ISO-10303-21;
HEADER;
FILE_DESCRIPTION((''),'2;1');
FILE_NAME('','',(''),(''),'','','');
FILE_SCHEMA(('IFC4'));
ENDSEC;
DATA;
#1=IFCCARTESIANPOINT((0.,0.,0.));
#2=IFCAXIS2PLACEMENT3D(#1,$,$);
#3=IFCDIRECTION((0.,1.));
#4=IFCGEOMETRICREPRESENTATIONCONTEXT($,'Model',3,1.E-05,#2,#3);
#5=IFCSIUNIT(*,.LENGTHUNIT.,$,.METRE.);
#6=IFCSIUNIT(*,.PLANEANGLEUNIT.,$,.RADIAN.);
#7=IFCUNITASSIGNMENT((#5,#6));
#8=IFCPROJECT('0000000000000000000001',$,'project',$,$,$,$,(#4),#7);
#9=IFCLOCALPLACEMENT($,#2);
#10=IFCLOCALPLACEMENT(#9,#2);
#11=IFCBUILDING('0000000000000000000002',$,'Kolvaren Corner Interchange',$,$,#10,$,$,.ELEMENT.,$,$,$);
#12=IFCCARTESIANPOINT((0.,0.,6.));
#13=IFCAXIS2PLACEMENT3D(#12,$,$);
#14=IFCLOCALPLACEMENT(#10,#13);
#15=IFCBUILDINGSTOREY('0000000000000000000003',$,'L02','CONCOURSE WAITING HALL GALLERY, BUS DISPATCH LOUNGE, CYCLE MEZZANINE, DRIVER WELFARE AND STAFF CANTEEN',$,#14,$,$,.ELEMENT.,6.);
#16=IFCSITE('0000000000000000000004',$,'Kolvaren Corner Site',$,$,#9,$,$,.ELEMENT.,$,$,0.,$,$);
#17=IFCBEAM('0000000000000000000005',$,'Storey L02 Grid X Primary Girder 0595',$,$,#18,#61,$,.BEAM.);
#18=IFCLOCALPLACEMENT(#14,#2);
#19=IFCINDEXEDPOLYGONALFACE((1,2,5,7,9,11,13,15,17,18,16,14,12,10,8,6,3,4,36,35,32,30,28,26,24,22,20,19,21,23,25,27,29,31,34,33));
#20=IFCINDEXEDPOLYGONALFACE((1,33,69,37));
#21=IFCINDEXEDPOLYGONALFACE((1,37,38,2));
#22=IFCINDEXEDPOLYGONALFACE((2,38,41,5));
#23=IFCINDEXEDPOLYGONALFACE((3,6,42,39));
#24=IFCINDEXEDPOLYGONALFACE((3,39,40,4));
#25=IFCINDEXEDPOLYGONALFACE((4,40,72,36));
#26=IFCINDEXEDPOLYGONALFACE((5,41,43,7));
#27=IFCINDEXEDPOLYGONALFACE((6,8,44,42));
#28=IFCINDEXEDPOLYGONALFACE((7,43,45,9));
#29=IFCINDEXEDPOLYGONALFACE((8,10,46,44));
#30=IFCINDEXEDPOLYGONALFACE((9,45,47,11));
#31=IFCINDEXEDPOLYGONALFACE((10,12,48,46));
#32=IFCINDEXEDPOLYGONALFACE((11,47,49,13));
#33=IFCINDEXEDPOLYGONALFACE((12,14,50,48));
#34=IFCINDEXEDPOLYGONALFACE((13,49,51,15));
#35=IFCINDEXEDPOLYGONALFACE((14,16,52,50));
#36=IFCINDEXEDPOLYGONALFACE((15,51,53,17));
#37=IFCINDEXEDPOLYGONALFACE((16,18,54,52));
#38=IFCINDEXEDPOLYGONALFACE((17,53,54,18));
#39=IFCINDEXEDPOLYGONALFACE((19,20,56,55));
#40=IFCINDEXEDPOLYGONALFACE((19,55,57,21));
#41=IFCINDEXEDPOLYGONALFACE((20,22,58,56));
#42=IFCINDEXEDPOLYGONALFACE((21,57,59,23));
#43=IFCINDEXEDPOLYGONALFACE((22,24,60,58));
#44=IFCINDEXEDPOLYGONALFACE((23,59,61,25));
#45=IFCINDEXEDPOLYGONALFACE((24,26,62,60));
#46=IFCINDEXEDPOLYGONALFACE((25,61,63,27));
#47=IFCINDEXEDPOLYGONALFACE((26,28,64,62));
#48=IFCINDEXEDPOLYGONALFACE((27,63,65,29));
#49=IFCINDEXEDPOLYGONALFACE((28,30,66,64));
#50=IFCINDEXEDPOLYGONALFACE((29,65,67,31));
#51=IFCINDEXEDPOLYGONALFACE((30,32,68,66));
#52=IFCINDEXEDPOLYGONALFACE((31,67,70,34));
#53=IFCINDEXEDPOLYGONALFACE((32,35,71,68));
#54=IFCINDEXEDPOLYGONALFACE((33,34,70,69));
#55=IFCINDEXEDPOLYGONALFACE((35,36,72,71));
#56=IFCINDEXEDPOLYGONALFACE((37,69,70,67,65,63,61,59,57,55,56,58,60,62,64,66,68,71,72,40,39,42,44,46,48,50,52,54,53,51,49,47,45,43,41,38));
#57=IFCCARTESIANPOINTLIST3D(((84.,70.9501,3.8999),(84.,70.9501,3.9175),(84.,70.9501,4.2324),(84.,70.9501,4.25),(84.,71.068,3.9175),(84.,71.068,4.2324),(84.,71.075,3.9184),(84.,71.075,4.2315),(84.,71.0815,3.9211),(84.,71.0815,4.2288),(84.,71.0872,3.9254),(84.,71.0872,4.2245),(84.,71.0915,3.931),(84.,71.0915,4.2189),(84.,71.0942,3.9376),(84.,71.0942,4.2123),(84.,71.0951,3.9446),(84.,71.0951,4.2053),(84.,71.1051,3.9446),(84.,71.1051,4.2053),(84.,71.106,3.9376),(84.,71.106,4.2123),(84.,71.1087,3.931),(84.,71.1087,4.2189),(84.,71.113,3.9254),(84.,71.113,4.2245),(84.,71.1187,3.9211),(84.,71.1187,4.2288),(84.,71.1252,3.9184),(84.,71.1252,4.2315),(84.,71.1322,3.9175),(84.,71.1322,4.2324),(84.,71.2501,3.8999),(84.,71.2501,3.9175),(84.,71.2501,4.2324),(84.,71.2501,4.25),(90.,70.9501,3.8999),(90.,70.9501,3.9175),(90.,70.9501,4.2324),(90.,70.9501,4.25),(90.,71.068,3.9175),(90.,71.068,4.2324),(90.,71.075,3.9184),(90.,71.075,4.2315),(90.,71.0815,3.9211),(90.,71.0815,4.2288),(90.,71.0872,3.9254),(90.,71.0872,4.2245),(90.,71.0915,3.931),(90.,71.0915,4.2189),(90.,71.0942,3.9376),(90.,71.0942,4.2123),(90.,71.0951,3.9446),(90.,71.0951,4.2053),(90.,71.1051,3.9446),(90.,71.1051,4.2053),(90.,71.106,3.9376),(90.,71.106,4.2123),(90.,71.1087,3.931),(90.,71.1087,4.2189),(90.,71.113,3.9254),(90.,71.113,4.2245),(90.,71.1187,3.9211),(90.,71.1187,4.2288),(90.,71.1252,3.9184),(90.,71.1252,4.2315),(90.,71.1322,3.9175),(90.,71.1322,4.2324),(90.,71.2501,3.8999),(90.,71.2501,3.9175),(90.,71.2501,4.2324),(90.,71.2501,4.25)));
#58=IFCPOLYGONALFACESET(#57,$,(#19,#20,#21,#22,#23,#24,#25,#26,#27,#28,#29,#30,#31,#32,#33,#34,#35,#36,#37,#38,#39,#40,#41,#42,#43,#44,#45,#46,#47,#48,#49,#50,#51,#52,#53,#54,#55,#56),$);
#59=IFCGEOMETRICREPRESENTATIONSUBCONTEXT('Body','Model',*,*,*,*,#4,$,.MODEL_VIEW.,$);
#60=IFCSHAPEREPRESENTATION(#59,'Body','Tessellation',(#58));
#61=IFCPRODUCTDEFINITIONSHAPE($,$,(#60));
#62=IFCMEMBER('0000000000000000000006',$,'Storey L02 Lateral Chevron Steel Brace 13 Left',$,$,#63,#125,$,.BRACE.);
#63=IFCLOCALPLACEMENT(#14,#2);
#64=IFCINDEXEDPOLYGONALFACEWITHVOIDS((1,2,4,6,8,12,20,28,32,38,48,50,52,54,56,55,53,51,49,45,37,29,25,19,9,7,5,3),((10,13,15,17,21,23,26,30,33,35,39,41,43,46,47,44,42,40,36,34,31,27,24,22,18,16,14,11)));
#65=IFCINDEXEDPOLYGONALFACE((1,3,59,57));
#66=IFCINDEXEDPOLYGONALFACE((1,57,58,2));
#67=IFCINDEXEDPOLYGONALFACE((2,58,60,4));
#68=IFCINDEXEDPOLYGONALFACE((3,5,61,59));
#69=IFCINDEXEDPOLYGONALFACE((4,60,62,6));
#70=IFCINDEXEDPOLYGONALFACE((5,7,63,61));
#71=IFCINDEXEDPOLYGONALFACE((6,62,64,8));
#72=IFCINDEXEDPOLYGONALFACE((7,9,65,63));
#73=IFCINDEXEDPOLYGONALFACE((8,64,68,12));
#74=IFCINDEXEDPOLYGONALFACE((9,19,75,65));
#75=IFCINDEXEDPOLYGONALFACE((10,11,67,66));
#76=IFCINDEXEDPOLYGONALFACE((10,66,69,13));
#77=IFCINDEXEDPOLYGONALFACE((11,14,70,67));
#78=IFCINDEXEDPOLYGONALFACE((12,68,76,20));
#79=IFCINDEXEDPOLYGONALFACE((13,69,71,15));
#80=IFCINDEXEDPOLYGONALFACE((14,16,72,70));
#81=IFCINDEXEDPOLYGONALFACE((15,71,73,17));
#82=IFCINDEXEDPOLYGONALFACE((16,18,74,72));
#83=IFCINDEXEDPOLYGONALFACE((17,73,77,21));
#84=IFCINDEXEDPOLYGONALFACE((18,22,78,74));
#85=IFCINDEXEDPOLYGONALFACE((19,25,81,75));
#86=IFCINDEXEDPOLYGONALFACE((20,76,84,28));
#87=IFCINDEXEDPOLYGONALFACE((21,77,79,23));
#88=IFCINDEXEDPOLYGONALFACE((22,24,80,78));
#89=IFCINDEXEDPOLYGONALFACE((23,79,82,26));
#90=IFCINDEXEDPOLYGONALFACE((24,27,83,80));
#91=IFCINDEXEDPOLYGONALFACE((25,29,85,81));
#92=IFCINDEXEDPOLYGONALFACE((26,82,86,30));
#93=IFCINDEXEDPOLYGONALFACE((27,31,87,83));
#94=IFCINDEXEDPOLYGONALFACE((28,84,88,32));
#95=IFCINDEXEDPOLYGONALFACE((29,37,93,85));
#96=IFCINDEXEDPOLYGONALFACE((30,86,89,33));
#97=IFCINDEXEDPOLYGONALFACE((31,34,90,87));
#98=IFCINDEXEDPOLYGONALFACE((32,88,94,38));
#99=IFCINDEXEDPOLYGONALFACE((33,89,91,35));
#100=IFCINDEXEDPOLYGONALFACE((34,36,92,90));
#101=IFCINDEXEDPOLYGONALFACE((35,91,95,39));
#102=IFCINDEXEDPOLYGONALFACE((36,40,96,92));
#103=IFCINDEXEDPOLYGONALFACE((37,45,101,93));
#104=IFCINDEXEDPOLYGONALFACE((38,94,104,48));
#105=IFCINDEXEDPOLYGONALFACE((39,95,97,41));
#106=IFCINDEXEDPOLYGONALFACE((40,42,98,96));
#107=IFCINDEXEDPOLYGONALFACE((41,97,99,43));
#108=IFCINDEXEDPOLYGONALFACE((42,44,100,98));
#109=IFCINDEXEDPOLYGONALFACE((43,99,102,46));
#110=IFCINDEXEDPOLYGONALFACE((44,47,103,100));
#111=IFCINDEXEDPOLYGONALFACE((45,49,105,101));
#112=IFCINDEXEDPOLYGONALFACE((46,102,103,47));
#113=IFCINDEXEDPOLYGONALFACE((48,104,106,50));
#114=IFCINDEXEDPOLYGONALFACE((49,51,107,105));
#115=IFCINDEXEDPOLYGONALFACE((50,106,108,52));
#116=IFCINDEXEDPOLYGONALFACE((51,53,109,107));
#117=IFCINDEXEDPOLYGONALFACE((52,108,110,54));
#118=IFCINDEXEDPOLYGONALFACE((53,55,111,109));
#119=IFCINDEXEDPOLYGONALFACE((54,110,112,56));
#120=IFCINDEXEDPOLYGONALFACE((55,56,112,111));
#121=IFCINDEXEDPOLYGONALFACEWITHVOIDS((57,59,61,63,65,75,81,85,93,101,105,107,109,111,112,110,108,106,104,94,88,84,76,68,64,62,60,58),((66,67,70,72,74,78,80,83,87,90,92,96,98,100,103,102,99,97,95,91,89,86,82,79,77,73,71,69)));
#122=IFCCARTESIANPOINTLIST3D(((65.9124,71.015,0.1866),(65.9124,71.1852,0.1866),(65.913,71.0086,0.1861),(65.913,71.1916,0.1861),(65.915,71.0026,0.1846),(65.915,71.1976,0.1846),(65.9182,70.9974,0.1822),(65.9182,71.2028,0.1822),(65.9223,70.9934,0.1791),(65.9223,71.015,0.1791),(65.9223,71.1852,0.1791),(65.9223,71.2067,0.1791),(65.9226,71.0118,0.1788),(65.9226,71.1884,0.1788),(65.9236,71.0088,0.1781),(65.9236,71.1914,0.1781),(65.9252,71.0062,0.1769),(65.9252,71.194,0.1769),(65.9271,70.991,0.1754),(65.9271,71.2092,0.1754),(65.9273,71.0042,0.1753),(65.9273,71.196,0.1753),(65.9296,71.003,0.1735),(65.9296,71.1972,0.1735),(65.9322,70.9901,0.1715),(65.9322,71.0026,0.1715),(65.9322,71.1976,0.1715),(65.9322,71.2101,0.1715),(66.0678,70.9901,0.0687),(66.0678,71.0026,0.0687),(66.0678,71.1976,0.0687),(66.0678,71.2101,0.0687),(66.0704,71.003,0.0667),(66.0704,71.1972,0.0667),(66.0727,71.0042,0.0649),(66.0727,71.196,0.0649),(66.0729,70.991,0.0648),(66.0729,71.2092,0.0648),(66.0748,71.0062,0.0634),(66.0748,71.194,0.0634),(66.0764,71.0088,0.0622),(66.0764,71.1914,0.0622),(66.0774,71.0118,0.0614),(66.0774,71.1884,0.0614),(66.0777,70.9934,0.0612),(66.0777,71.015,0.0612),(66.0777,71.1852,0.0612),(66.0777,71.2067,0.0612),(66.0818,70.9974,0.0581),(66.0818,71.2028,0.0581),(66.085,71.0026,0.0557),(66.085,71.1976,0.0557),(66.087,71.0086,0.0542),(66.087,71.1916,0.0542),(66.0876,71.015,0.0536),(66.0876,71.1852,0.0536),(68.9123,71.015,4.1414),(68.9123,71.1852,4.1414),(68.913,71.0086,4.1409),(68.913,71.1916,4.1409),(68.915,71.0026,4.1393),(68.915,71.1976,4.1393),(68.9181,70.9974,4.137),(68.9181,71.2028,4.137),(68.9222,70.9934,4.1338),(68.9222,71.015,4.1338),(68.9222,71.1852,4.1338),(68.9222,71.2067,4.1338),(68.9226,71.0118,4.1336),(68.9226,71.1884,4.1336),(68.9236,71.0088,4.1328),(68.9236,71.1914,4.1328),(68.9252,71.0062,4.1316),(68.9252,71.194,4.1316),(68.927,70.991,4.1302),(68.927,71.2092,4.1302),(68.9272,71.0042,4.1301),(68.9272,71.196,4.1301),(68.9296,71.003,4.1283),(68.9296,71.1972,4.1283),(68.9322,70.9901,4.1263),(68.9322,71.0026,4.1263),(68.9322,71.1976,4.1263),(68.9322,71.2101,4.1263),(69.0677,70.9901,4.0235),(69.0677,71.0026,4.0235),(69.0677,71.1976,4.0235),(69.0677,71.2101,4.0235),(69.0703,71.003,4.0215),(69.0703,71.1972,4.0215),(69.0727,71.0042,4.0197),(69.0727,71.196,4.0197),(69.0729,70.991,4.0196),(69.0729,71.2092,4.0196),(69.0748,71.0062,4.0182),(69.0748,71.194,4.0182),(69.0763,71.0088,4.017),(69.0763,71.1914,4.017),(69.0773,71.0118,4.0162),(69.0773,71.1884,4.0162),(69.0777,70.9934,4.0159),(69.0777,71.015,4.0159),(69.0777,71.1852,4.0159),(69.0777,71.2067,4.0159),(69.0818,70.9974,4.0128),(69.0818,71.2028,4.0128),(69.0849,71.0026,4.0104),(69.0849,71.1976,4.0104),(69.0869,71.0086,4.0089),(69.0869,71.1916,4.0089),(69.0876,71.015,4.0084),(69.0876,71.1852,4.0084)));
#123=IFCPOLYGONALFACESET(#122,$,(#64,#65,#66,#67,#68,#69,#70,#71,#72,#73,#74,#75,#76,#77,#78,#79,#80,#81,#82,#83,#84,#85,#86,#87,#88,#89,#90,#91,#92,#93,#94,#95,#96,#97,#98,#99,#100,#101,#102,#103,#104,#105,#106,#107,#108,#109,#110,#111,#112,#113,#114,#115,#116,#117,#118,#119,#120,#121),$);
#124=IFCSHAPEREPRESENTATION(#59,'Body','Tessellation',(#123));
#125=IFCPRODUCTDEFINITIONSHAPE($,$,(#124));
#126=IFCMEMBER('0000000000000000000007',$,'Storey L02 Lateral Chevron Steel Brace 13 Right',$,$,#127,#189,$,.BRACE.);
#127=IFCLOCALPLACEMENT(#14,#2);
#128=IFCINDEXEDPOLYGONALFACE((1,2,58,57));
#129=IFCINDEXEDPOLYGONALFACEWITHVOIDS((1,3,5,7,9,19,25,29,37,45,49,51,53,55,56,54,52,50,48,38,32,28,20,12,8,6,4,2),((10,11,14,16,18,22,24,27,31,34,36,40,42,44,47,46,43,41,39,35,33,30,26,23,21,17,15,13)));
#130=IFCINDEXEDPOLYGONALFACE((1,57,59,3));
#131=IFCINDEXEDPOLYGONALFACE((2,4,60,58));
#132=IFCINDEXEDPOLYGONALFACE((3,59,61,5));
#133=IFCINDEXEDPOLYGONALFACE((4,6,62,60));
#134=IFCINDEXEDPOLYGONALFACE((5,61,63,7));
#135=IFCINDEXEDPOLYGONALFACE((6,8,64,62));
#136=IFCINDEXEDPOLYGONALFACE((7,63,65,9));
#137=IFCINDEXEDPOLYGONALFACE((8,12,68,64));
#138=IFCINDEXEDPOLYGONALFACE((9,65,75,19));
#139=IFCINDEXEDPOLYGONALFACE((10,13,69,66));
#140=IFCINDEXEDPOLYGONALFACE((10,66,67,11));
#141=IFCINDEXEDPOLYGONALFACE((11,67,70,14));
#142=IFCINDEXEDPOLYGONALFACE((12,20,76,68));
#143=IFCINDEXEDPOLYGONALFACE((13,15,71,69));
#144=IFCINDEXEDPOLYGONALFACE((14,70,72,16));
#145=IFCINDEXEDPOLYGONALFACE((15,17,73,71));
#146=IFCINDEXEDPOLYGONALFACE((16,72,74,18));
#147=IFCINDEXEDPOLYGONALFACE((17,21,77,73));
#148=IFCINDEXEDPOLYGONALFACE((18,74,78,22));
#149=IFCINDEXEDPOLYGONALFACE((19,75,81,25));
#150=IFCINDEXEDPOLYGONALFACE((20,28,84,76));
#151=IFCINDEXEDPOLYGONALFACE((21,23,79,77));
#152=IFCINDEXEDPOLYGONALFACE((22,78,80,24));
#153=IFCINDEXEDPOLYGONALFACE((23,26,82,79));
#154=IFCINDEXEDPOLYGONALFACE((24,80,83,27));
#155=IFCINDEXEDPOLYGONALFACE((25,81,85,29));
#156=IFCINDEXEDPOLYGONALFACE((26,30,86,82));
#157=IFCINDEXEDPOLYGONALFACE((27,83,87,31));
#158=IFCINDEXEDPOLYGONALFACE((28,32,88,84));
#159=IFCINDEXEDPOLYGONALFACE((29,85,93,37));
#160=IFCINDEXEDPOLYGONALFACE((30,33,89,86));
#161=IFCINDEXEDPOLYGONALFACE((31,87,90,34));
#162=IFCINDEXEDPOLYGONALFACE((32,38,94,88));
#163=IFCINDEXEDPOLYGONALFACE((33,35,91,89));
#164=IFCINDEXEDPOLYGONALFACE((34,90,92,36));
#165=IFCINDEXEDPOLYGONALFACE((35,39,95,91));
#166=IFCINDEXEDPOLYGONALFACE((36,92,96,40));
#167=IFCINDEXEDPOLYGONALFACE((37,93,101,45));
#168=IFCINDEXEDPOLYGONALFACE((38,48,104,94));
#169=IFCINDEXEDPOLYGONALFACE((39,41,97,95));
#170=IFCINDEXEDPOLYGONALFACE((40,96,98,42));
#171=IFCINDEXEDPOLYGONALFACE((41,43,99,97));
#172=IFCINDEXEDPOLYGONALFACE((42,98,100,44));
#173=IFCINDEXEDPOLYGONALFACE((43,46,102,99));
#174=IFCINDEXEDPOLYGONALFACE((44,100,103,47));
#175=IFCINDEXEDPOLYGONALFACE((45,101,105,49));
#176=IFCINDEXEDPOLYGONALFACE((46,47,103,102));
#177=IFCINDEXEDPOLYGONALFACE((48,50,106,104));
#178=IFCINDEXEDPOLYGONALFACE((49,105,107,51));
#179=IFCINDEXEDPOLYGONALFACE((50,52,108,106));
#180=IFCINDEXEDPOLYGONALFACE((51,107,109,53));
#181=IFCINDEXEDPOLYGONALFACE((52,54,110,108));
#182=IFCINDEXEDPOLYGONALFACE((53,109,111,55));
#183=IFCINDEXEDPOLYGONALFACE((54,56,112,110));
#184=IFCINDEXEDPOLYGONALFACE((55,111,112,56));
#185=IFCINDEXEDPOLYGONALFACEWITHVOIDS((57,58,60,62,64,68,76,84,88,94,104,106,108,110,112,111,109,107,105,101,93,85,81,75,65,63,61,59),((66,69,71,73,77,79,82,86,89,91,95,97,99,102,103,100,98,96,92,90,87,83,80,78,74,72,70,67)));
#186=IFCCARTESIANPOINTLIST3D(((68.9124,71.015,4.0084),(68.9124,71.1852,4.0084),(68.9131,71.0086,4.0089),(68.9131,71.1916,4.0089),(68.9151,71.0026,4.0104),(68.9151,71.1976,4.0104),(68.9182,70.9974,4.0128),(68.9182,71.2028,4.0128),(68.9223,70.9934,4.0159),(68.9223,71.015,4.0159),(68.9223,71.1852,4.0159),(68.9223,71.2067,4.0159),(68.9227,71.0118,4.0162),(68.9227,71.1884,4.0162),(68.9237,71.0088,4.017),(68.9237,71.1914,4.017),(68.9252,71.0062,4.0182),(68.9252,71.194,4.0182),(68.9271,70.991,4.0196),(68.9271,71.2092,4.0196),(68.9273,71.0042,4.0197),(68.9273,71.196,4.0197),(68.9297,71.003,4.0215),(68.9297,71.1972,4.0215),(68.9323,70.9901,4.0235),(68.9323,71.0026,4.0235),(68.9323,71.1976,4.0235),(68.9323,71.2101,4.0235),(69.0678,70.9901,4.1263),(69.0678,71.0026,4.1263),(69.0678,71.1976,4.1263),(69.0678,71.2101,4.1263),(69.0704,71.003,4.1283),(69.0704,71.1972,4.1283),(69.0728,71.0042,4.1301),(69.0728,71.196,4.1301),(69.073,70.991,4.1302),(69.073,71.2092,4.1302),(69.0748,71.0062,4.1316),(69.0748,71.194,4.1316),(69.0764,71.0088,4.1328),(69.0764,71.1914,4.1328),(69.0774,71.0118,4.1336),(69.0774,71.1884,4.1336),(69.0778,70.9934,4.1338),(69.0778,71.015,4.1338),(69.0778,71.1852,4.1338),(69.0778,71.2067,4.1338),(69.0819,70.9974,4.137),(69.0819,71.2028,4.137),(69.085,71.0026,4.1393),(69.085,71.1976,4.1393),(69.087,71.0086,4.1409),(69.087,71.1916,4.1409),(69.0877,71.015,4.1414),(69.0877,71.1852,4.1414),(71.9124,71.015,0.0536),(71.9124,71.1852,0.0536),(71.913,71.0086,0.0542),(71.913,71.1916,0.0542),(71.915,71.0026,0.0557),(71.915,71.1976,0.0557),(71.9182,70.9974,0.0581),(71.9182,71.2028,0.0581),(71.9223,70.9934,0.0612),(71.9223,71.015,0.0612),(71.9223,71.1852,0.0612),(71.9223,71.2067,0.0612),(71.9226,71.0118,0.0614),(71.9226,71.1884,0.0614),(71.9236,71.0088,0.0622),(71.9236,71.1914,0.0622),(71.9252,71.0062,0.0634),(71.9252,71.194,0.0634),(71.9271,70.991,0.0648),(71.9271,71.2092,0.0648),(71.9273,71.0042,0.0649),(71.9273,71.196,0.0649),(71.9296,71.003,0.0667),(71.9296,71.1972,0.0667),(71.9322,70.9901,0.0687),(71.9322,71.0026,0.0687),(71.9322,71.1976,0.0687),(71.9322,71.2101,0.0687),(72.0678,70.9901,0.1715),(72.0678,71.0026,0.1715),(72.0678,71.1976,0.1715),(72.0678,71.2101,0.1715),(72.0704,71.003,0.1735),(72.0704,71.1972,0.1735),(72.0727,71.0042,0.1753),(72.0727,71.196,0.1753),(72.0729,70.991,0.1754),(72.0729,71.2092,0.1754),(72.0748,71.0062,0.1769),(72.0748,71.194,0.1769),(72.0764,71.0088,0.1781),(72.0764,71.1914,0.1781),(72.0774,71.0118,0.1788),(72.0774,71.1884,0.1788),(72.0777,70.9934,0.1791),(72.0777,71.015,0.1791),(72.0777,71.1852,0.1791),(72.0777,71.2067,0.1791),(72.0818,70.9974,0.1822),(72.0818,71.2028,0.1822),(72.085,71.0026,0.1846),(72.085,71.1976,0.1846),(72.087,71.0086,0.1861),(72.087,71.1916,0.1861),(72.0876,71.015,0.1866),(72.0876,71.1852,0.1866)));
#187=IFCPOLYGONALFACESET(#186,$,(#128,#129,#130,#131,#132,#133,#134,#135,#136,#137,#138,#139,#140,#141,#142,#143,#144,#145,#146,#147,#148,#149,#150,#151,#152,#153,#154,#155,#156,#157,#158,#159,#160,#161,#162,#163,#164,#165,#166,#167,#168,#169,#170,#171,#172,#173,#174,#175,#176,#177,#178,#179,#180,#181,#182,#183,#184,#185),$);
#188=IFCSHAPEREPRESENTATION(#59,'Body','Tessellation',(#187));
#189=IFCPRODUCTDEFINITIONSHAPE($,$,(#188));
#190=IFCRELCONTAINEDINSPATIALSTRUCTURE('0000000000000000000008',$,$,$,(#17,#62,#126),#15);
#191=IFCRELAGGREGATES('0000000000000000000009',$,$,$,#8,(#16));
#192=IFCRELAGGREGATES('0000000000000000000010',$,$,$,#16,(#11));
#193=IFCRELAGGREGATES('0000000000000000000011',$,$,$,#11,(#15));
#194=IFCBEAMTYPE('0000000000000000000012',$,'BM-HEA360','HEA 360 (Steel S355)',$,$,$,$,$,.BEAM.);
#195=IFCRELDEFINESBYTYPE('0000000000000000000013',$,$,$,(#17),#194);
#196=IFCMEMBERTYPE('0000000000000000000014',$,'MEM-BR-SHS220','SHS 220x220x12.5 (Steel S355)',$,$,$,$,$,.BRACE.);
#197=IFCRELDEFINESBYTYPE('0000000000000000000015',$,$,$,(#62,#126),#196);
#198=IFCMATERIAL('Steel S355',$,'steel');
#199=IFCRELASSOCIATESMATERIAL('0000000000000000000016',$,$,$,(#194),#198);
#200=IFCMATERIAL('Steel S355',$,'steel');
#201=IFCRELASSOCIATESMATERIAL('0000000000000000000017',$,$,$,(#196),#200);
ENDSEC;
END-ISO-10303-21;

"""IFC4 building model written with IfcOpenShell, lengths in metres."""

from ifc_helpers import new_model, si_unit, direction, frame, origin, origin_2d, place, context, subcontext, project, spatial, hollow_rectangle, i_section, extrude, material, material_profile, profile_set, type_object, element, save


model = new_model("IFC4")

# Units and contexts
model_context = context("Model", 3, precision=1e-05, world=origin(), true_north=direction((0.0, 1.0)))
body_context = subcontext(model_context, "Body", "Model", "MODEL_VIEW")
ifc_project = project(units=[si_unit("LENGTHUNIT", "METRE"), si_unit("PLANEANGLEUNIT", "RADIAN")], contexts=[model_context])

# Site, building, storey
site_placement = place(None, origin())
site = spatial("IfcSite", under=ifc_project, at=site_placement, Name="Kolvaren Corner Site", CompositionType="ELEMENT", RefElevation=0.0)
building_placement = place(site_placement, origin())
building = spatial("IfcBuilding", under=site, at=building_placement, Name="Kolvaren Corner Interchange", CompositionType="ELEMENT")
storey_placement = place(building_placement, frame((0.0, 0.0, 6.0)))
storey = spatial("IfcBuildingStorey", under=building, at=storey_placement, Name="L02", Description="CONCOURSE WAITING HALL GALLERY, BUS DISPATCH LOUNGE, CYCLE MEZZANINE, DRIVER WELFARE AND STAFF CANTEEN", CompositionType="ELEMENT", Elevation=6.0)

# Beam
ifc_material_1 = material(Name="Steel S355", Category="steel")
ifc_material_profile_1 = material_profile(ifc_material_1, i_section(OverallWidth=0.3, OverallDepth=0.3501, WebThickness=0.01, FlangeThickness=0.0176, FilletRadius=0.0271, at=origin_2d()), Name="HEA 360")
ifc_profile_set_1 = profile_set([ifc_material_profile_1], Name="Steel S355")
beam_type = type_object("IfcBeamType", Name="BM-HEA360", Description="HEA 360 (Steel S355)", PredefinedType="BEAM", material=ifc_profile_set_1)
for number, where, z_axis, x_axis, name in (
    (1, (84.0, 71.1001, 4.075), (1.0, 0.0, 0.0), (0.0, 1.0, 0.0), "Storey L02 Grid X Primary Girder 0595"),
):
    element("IfcBeam", number, at=place(storey_placement, frame(where, z_axis=z_axis, x_axis=x_axis)), inside=storey, type_object=beam_type, Name=name, PredefinedType="BEAM", context=body_context, shape_type="SweptSolid", body=[
        extrude(i_section(OverallWidth=0.3, OverallDepth=0.3501, WebThickness=0.01, FlangeThickness=0.0176, FilletRadius=0.0271, at=origin_2d()), origin(), (0.0, 0.0, 1.0), 6.0),
    ])

# Members
ifc_material_2 = material(Name="Steel S355", Category="steel")
ifc_material_profile_2 = material_profile(ifc_material_2, hollow_rectangle(XDim=0.22, YDim=0.22, WallThickness=0.0125, InnerFilletRadius=0.0125, OuterFilletRadius=0.0249, at=origin_2d()), Name="SHS 220x220x12.5")
ifc_profile_set_2 = profile_set([ifc_material_profile_2], Name="Steel S355")
member_type_1 = type_object("IfcMemberType", Name="MEM-BR-SHS220", Description="SHS 220x220x12.5 (Steel S355)", PredefinedType="BRACE", material=ifc_profile_set_2)
for number, where, z_axis, x_axis, name in (
    (2, (66.0, 71.1001, 0.1201), (0.604358, 0.0, 0.796713), (0.0, 1.0, 0.0), "Storey L02 Lateral Chevron Steel Brace 13 Left"),
    (3, (72.0, 71.1001, 0.1201), (-0.604358, 0.0, 0.796713), (0.0, -1.0, 0.0), "Storey L02 Lateral Chevron Steel Brace 13 Right"),
):
    element("IfcMember", number, at=place(storey_placement, frame(where, z_axis=z_axis, x_axis=x_axis)), inside=storey, type_object=member_type_1, Name=name, PredefinedType="BRACE", context=body_context, shape_type="SweptSolid", body=[
        extrude(hollow_rectangle(XDim=0.22, YDim=0.22, WallThickness=0.0125, InnerFilletRadius=0.0125, OuterFilletRadius=0.0249, at=origin_2d()), origin(), (0.0, 0.0, 1.0), 4.9639),
    ])

save(model, "model.ifc")
